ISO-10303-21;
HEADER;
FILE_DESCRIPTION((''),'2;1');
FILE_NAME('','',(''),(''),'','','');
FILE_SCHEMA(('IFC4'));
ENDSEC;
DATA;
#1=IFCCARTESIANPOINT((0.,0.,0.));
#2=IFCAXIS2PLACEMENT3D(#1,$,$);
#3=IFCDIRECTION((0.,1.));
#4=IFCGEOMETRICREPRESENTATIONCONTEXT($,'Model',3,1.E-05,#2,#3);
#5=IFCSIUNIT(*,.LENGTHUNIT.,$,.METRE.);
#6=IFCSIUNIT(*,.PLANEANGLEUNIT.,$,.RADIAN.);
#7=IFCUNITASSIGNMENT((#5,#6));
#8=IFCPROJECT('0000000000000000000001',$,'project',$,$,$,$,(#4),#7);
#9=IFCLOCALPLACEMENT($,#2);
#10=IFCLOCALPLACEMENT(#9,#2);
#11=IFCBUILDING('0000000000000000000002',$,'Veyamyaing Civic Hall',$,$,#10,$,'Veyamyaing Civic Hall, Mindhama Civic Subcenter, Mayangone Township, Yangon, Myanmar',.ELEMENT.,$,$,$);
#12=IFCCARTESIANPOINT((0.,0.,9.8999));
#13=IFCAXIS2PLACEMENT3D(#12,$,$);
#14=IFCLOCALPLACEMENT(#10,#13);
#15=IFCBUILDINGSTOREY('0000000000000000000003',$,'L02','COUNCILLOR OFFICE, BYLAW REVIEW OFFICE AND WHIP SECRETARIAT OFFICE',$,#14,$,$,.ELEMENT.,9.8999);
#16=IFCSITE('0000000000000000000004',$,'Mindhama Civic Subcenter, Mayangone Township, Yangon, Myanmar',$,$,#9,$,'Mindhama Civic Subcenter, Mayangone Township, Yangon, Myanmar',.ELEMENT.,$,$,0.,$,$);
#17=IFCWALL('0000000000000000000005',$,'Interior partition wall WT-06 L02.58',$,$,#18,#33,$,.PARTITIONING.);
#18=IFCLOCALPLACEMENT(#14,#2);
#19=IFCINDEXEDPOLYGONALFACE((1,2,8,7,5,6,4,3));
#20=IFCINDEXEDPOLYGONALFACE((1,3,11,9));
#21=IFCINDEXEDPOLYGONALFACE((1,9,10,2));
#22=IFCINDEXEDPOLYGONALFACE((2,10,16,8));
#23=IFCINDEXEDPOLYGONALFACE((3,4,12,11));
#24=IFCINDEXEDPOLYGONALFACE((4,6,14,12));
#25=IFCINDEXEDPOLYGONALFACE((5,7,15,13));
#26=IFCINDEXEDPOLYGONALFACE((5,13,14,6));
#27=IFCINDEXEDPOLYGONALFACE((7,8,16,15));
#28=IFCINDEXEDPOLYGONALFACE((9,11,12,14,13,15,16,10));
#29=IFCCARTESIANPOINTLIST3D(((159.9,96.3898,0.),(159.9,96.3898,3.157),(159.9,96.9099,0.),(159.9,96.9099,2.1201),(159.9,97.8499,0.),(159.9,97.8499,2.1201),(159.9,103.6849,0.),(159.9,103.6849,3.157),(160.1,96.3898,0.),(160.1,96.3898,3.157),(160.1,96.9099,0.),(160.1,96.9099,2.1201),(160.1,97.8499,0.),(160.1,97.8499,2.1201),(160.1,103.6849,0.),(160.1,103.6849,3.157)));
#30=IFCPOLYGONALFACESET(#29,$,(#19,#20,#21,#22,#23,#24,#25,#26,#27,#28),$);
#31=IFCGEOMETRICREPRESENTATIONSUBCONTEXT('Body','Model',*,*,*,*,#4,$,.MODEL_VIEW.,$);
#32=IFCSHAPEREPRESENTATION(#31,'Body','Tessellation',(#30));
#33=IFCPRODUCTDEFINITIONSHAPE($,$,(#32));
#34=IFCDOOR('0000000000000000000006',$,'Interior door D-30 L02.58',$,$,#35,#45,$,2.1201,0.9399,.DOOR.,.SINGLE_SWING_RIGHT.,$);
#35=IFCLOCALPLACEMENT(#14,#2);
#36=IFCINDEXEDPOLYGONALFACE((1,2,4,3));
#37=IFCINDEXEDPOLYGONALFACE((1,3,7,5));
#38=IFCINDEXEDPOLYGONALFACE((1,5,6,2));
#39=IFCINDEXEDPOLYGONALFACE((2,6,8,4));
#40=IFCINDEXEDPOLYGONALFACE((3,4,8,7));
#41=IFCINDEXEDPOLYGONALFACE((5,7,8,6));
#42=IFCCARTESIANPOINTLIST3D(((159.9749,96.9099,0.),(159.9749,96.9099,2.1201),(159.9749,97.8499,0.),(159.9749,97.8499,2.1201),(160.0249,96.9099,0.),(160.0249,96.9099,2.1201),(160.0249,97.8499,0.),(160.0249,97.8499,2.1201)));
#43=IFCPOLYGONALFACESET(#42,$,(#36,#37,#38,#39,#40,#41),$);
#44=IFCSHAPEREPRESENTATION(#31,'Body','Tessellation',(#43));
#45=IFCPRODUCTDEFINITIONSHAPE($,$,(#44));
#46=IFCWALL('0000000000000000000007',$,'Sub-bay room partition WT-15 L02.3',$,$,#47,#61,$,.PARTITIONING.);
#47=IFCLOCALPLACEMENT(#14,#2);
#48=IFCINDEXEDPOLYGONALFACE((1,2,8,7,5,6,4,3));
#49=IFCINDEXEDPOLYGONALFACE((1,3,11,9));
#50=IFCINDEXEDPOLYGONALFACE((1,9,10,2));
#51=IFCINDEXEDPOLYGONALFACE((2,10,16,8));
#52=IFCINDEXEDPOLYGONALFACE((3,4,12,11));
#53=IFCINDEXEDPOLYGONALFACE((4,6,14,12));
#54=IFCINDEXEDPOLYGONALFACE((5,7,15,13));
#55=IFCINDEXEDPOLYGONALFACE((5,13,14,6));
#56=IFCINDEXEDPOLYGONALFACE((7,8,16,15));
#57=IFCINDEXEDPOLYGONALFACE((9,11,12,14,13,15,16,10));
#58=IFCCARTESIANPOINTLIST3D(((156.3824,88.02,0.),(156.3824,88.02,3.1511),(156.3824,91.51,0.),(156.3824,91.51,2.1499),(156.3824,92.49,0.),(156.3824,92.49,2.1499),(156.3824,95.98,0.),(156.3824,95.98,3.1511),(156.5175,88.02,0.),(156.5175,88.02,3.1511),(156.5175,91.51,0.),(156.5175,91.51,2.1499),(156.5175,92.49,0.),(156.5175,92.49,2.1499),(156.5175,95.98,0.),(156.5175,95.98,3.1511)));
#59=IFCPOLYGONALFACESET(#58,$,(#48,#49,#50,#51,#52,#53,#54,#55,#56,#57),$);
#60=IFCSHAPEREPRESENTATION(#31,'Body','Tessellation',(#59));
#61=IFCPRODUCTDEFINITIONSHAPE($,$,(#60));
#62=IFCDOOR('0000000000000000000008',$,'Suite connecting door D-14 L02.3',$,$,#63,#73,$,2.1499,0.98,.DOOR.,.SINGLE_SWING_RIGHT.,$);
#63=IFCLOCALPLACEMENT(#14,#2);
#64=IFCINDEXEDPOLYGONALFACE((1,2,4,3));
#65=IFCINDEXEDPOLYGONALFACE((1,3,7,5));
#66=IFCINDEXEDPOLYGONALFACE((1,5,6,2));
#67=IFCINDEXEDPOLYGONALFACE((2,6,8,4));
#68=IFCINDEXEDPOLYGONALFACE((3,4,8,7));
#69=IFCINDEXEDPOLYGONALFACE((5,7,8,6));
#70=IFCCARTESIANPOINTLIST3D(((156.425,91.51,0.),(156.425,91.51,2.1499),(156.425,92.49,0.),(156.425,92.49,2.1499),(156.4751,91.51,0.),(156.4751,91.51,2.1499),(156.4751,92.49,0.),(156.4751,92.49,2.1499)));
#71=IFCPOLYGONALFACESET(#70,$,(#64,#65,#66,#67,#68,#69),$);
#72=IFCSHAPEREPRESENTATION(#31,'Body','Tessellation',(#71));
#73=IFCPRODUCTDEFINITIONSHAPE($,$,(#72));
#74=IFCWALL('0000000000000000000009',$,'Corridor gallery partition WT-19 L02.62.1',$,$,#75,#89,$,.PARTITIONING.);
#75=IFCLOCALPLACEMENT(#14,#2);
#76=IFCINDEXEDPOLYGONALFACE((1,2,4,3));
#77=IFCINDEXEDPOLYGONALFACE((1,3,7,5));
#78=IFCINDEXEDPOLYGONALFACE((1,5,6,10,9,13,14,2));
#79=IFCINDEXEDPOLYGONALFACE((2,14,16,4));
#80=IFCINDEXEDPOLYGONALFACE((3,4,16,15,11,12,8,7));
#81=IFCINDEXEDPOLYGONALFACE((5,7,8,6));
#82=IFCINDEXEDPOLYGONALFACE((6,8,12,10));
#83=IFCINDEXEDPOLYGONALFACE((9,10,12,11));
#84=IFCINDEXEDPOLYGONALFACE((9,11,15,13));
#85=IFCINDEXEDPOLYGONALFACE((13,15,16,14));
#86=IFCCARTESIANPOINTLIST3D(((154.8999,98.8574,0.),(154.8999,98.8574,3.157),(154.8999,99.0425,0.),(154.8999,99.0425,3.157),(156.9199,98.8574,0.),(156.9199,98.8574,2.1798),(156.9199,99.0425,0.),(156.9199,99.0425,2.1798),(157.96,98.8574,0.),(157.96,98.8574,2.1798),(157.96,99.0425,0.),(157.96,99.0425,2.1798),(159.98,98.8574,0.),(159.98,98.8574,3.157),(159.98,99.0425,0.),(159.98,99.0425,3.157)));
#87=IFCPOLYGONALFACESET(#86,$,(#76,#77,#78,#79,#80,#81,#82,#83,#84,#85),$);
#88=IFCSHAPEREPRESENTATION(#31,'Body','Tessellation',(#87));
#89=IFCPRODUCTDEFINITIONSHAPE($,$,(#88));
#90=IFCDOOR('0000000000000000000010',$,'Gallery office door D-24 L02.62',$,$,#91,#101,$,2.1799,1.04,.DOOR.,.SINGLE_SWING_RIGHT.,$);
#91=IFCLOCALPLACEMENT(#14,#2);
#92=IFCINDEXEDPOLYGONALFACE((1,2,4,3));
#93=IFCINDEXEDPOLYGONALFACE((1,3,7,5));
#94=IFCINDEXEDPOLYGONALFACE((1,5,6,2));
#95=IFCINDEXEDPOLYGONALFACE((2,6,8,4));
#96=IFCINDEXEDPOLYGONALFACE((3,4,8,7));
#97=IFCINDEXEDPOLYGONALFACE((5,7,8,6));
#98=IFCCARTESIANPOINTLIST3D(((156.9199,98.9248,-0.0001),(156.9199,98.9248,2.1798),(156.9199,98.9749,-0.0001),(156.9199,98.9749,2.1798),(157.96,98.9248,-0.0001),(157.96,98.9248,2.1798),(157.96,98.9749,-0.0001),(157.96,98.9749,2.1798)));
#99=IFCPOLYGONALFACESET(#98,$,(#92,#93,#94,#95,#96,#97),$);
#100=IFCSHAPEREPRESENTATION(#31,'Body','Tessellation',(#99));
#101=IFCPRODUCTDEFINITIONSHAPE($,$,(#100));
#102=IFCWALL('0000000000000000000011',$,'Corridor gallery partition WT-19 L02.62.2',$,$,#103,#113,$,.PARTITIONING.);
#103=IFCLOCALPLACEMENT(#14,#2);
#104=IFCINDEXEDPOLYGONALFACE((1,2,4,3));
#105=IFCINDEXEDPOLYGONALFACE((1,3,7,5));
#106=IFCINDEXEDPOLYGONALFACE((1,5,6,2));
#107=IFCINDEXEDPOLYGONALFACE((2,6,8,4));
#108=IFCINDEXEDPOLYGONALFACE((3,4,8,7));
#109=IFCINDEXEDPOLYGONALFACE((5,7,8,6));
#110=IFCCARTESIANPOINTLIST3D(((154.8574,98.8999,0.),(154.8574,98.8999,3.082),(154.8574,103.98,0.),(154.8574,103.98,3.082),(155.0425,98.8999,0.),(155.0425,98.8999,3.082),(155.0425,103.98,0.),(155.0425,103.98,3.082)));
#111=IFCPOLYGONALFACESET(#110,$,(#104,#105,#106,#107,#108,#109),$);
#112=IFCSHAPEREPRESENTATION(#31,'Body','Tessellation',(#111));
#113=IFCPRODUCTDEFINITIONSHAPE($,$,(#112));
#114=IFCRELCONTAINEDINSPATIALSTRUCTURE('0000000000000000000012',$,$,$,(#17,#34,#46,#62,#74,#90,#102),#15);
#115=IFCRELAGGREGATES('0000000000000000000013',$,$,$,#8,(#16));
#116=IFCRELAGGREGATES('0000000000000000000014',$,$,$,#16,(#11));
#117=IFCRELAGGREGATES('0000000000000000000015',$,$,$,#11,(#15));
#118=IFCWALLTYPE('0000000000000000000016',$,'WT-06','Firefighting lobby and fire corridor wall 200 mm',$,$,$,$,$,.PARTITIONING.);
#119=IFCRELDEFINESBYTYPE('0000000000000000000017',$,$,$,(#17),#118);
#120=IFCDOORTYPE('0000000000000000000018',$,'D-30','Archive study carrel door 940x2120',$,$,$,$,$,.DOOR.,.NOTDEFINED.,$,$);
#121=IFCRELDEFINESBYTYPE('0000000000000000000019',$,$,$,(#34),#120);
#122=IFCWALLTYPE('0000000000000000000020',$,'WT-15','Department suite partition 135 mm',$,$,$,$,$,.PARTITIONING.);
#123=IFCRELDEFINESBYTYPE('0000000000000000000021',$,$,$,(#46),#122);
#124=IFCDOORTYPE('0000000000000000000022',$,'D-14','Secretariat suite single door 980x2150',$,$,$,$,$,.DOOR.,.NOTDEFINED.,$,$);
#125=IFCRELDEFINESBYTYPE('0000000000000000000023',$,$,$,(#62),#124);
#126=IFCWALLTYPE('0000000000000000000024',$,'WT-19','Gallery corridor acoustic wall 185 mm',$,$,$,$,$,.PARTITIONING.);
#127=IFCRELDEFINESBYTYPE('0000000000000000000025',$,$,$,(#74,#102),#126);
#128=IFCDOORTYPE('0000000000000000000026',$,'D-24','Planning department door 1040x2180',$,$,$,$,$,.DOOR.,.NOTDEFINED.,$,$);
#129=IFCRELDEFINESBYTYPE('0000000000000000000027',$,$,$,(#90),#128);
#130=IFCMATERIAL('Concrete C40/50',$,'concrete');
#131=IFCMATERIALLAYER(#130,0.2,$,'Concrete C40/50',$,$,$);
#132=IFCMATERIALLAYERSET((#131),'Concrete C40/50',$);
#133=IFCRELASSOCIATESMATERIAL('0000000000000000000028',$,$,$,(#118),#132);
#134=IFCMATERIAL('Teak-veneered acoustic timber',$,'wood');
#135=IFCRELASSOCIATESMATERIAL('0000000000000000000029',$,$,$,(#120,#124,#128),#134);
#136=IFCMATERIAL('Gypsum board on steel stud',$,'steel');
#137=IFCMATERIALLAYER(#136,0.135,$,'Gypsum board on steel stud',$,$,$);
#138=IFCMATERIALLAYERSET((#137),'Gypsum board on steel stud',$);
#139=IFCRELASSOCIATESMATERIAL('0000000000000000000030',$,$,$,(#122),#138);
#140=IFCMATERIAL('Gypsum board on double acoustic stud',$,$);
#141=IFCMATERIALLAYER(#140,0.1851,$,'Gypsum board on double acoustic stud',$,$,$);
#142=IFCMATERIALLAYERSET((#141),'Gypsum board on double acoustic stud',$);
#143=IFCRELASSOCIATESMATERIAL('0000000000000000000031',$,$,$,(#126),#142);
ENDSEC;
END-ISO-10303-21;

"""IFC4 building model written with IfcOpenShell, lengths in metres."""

from ifc_helpers import new_model, si_unit, direction, frame, frame_2d, origin, place, context, subcontext, project, spatial, rectangle, extrude, material, layer, layer_set, type_object, element, fill, save


model = new_model("IFC4")

# Units and contexts
model_context = context("Model", 3, precision=1e-05, world=origin(), true_north=direction((0.0, 1.0)))
body_context = subcontext(model_context, "Body", "Model", "MODEL_VIEW")
ifc_project = project(units=[si_unit("LENGTHUNIT", "METRE"), si_unit("PLANEANGLEUNIT", "RADIAN")], contexts=[model_context])

# Site, building, storey
site_placement = place(None, origin())
site = spatial("IfcSite", under=ifc_project, at=site_placement, Name="Mindhama Civic Subcenter, Mayangone Township, Yangon, Myanmar", LongName="Mindhama Civic Subcenter, Mayangone Township, Yangon, Myanmar", CompositionType="ELEMENT", RefElevation=0.0)
building_placement = place(site_placement, origin())
building = spatial("IfcBuilding", under=site, at=building_placement, Name="Veyamyaing Civic Hall", LongName="Veyamyaing Civic Hall, Mindhama Civic Subcenter, Mayangone Township, Yangon, Myanmar", CompositionType="ELEMENT")
storey_placement = place(building_placement, frame((0.0, 0.0, 9.8999)))
storey = spatial("IfcBuildingStorey", under=building, at=storey_placement, Name="L02", Description="COUNCILLOR OFFICE, BYLAW REVIEW OFFICE AND WHIP SECRETARIAT OFFICE", CompositionType="ELEMENT", Elevation=9.8999)

# Shared definitions
ifc_material_1 = material(Name="Concrete C40/50", Category="concrete")

# Walls, openings, doors
ifc_layer_1 = layer(ifc_material_1, 0.2, Name="Concrete C40/50")
ifc_layer_set_1 = layer_set([ifc_layer_1], Name="Concrete C40/50")
wall_type_1 = type_object("IfcWallType", Name="WT-06", Description="Firefighting lobby and fire corridor wall 200 mm", PredefinedType="PARTITIONING", material=ifc_layer_set_1)
wall_1_placement = place(storey_placement, frame((160.0, 96.3899, 0.0), z_axis=(0.0, 0.0, 1.0), x_axis=(0.0, 1.0, 0.0)))
wall_1 = element("IfcWall", 1, at=wall_1_placement, inside=storey, type_object=wall_type_1, Name="Interior partition wall WT-06 L02.58", PredefinedType="PARTITIONING", context=body_context, shape_type="SweptSolid", body=[
    extrude(rectangle(XDim=7.2952, YDim=0.2, at=frame_2d((3.6475, 0.0))), origin(), (0.0, 0.0, 1.0), 3.157),
])
opening_1_placement = place(wall_1_placement, frame((0.52, 0.0, 0.0)))
opening_1 = element("IfcOpeningElement", 2, at=opening_1_placement, cuts=wall_1, PredefinedType="OPENING", context=body_context, shape_type="SweptSolid", body=[
    extrude(rectangle(XDim=0.9399, YDim=2.1201, at=frame_2d((0.47, 1.0601))), frame((0.0, 0.1099, 0.0), z_axis=(0.0, -1.0, 0.0), x_axis=(1.0, 0.0, 0.0)), (0.0, 0.0, 1.0), 0.22),
])
ifc_material_2 = material(Name="Teak-veneered acoustic timber", Category="wood")
door_type_1 = type_object("IfcDoorType", Name="D-30", Description="Archive study carrel door 940x2120", OperationType="NOTDEFINED", PredefinedType="DOOR", material=ifc_material_2)
door_1_placement = place(opening_1_placement, frame((0.9399, 0.0, 0.0), z_axis=(0.0, 0.0, 1.0), x_axis=(-1.0, 0.0, 0.0)))
door_1 = element("IfcDoor", 3, at=door_1_placement, inside=storey, type_object=door_type_1, Name="Interior door D-30 L02.58", OperationType="SINGLE_SWING_RIGHT", OverallHeight=2.1201, OverallWidth=0.9399, PredefinedType="DOOR", context=body_context, shape_type="SweptSolid", body=[
    extrude(rectangle(XDim=0.9399, YDim=2.1201, at=frame_2d((0.47, 1.0601))), frame((0.0, 0.0249, 0.0), z_axis=(0.0, -1.0, 0.0), x_axis=(1.0, 0.0, 0.0)), (0.0, 0.0, 1.0), 0.05),
])
fill(opening_1, door_1)
ifc_material_3 = material(Name="Gypsum board on steel stud", Category="steel")
ifc_layer_2 = layer(ifc_material_3, 0.135, Name="Gypsum board on steel stud")
ifc_layer_set_2 = layer_set([ifc_layer_2], Name="Gypsum board on steel stud")
wall_type_2 = type_object("IfcWallType", Name="WT-15", Description="Department suite partition 135 mm", PredefinedType="PARTITIONING", material=ifc_layer_set_2)
wall_2_placement = place(storey_placement, frame((156.45, 88.02, 0.0), z_axis=(0.0, 0.0, 1.0), x_axis=(0.0, 1.0, 0.0)))
wall_2 = element("IfcWall", 4, at=wall_2_placement, inside=storey, type_object=wall_type_2, Name="Sub-bay room partition WT-15 L02.3", PredefinedType="PARTITIONING", context=body_context, shape_type="SweptSolid", body=[
    extrude(rectangle(XDim=7.96, YDim=0.135, at=frame_2d((3.98, 0.0))), origin(), (0.0, 0.0, 1.0), 3.1511),
])
opening_2_placement = place(wall_2_placement, frame((3.49, 0.0, 0.0)))
opening_2 = element("IfcOpeningElement", 5, at=opening_2_placement, cuts=wall_2, PredefinedType="OPENING", context=body_context, shape_type="SweptSolid", body=[
    extrude(rectangle(XDim=0.98, YDim=2.1499, at=frame_2d((0.49, 1.075))), frame((0.0, 0.0774, 0.0), z_axis=(0.0, -1.0, 0.0), x_axis=(1.0, 0.0, 0.0)), (0.0, 0.0, 1.0), 0.155),
])
door_type_2 = type_object("IfcDoorType", Name="D-14", Description="Secretariat suite single door 980x2150", OperationType="NOTDEFINED", PredefinedType="DOOR", material=ifc_material_2)
door_2_placement = place(opening_2_placement, origin())
door_2 = element("IfcDoor", 6, at=door_2_placement, inside=storey, type_object=door_type_2, Name="Suite connecting door D-14 L02.3", OperationType="SINGLE_SWING_RIGHT", OverallHeight=2.1499, OverallWidth=0.98, PredefinedType="DOOR", context=body_context, shape_type="SweptSolid", body=[
    extrude(rectangle(XDim=0.98, YDim=2.1499, at=frame_2d((0.49, 1.075))), frame((0.0, 0.0249, 0.0), z_axis=(0.0, -1.0, 0.0), x_axis=(1.0, 0.0, 0.0)), (0.0, 0.0, 1.0), 0.05),
])
fill(opening_2, door_2)
ifc_material_4 = material(Name="Gypsum board on double acoustic stud")
ifc_layer_3 = layer(ifc_material_4, 0.1851, Name="Gypsum board on double acoustic stud")
ifc_layer_set_3 = layer_set([ifc_layer_3], Name="Gypsum board on double acoustic stud")
wall_type_3 = type_object("IfcWallType", Name="WT-19", Description="Gallery corridor acoustic wall 185 mm", PredefinedType="PARTITIONING", material=ifc_layer_set_3)
wall_3_placement = place(storey_placement, frame((154.8999, 98.95, 0.0), z_axis=(0.0, 0.0, 1.0), x_axis=(1.0, 0.0, 0.0)))
wall_3 = element("IfcWall", 7, at=wall_3_placement, inside=storey, type_object=wall_type_3, Name="Corridor gallery partition WT-19 L02.62.1", PredefinedType="PARTITIONING", context=body_context, shape_type="SweptSolid", body=[
    extrude(rectangle(XDim=5.0801, YDim=0.1851, at=frame_2d((2.54, 0.0))), origin(), (0.0, 0.0, 1.0), 3.157),
])
opening_3_placement = place(wall_3_placement, frame((2.02, 0.0, 0.0)))
opening_3 = element("IfcOpeningElement", 8, at=opening_3_placement, cuts=wall_3, PredefinedType="OPENING", context=body_context, shape_type="SweptSolid", body=[
    extrude(rectangle(XDim=1.04, YDim=2.1799, at=frame_2d((0.52, 1.0898))), frame((0.0, 0.1025, 0.0), z_axis=(0.0, -1.0, 0.0), x_axis=(1.0, 0.0, 0.0)), (0.0, 0.0, 1.0), 0.2051),
])
door_type_3 = type_object("IfcDoorType", Name="D-24", Description="Planning department door 1040x2180", OperationType="NOTDEFINED", PredefinedType="DOOR", material=ifc_material_2)
door_3_placement = place(opening_3_placement, origin())
door_3 = element("IfcDoor", 9, at=door_3_placement, inside=storey, type_object=door_type_3, Name="Gallery office door D-24 L02.62", OperationType="SINGLE_SWING_RIGHT", OverallHeight=2.1799, OverallWidth=1.04, PredefinedType="DOOR", context=body_context, shape_type="SweptSolid", body=[
    extrude(rectangle(XDim=1.04, YDim=2.1799, at=frame_2d((0.52, 1.0898))), frame((0.0, 0.0249, 0.0), z_axis=(0.0, -1.0, 0.0), x_axis=(1.0, 0.0, 0.0)), (0.0, 0.0, 1.0), 0.05),
])
fill(opening_3, door_3)

# Wall
wall_4_placement = place(storey_placement, frame((154.95, 98.8999, 0.0), z_axis=(0.0, 0.0, 1.0), x_axis=(0.0, 1.0, 0.0)))
element("IfcWall", 10, at=wall_4_placement, inside=storey, type_object=wall_type_3, Name="Corridor gallery partition WT-19 L02.62.2", PredefinedType="PARTITIONING", context=body_context, shape_type="SweptSolid", body=[
    extrude(rectangle(XDim=5.0801, YDim=0.1851, at=frame_2d((2.54, 0.0))), origin(), (0.0, 0.0, 1.0), 3.082),
])

save(model, "model.ifc")
